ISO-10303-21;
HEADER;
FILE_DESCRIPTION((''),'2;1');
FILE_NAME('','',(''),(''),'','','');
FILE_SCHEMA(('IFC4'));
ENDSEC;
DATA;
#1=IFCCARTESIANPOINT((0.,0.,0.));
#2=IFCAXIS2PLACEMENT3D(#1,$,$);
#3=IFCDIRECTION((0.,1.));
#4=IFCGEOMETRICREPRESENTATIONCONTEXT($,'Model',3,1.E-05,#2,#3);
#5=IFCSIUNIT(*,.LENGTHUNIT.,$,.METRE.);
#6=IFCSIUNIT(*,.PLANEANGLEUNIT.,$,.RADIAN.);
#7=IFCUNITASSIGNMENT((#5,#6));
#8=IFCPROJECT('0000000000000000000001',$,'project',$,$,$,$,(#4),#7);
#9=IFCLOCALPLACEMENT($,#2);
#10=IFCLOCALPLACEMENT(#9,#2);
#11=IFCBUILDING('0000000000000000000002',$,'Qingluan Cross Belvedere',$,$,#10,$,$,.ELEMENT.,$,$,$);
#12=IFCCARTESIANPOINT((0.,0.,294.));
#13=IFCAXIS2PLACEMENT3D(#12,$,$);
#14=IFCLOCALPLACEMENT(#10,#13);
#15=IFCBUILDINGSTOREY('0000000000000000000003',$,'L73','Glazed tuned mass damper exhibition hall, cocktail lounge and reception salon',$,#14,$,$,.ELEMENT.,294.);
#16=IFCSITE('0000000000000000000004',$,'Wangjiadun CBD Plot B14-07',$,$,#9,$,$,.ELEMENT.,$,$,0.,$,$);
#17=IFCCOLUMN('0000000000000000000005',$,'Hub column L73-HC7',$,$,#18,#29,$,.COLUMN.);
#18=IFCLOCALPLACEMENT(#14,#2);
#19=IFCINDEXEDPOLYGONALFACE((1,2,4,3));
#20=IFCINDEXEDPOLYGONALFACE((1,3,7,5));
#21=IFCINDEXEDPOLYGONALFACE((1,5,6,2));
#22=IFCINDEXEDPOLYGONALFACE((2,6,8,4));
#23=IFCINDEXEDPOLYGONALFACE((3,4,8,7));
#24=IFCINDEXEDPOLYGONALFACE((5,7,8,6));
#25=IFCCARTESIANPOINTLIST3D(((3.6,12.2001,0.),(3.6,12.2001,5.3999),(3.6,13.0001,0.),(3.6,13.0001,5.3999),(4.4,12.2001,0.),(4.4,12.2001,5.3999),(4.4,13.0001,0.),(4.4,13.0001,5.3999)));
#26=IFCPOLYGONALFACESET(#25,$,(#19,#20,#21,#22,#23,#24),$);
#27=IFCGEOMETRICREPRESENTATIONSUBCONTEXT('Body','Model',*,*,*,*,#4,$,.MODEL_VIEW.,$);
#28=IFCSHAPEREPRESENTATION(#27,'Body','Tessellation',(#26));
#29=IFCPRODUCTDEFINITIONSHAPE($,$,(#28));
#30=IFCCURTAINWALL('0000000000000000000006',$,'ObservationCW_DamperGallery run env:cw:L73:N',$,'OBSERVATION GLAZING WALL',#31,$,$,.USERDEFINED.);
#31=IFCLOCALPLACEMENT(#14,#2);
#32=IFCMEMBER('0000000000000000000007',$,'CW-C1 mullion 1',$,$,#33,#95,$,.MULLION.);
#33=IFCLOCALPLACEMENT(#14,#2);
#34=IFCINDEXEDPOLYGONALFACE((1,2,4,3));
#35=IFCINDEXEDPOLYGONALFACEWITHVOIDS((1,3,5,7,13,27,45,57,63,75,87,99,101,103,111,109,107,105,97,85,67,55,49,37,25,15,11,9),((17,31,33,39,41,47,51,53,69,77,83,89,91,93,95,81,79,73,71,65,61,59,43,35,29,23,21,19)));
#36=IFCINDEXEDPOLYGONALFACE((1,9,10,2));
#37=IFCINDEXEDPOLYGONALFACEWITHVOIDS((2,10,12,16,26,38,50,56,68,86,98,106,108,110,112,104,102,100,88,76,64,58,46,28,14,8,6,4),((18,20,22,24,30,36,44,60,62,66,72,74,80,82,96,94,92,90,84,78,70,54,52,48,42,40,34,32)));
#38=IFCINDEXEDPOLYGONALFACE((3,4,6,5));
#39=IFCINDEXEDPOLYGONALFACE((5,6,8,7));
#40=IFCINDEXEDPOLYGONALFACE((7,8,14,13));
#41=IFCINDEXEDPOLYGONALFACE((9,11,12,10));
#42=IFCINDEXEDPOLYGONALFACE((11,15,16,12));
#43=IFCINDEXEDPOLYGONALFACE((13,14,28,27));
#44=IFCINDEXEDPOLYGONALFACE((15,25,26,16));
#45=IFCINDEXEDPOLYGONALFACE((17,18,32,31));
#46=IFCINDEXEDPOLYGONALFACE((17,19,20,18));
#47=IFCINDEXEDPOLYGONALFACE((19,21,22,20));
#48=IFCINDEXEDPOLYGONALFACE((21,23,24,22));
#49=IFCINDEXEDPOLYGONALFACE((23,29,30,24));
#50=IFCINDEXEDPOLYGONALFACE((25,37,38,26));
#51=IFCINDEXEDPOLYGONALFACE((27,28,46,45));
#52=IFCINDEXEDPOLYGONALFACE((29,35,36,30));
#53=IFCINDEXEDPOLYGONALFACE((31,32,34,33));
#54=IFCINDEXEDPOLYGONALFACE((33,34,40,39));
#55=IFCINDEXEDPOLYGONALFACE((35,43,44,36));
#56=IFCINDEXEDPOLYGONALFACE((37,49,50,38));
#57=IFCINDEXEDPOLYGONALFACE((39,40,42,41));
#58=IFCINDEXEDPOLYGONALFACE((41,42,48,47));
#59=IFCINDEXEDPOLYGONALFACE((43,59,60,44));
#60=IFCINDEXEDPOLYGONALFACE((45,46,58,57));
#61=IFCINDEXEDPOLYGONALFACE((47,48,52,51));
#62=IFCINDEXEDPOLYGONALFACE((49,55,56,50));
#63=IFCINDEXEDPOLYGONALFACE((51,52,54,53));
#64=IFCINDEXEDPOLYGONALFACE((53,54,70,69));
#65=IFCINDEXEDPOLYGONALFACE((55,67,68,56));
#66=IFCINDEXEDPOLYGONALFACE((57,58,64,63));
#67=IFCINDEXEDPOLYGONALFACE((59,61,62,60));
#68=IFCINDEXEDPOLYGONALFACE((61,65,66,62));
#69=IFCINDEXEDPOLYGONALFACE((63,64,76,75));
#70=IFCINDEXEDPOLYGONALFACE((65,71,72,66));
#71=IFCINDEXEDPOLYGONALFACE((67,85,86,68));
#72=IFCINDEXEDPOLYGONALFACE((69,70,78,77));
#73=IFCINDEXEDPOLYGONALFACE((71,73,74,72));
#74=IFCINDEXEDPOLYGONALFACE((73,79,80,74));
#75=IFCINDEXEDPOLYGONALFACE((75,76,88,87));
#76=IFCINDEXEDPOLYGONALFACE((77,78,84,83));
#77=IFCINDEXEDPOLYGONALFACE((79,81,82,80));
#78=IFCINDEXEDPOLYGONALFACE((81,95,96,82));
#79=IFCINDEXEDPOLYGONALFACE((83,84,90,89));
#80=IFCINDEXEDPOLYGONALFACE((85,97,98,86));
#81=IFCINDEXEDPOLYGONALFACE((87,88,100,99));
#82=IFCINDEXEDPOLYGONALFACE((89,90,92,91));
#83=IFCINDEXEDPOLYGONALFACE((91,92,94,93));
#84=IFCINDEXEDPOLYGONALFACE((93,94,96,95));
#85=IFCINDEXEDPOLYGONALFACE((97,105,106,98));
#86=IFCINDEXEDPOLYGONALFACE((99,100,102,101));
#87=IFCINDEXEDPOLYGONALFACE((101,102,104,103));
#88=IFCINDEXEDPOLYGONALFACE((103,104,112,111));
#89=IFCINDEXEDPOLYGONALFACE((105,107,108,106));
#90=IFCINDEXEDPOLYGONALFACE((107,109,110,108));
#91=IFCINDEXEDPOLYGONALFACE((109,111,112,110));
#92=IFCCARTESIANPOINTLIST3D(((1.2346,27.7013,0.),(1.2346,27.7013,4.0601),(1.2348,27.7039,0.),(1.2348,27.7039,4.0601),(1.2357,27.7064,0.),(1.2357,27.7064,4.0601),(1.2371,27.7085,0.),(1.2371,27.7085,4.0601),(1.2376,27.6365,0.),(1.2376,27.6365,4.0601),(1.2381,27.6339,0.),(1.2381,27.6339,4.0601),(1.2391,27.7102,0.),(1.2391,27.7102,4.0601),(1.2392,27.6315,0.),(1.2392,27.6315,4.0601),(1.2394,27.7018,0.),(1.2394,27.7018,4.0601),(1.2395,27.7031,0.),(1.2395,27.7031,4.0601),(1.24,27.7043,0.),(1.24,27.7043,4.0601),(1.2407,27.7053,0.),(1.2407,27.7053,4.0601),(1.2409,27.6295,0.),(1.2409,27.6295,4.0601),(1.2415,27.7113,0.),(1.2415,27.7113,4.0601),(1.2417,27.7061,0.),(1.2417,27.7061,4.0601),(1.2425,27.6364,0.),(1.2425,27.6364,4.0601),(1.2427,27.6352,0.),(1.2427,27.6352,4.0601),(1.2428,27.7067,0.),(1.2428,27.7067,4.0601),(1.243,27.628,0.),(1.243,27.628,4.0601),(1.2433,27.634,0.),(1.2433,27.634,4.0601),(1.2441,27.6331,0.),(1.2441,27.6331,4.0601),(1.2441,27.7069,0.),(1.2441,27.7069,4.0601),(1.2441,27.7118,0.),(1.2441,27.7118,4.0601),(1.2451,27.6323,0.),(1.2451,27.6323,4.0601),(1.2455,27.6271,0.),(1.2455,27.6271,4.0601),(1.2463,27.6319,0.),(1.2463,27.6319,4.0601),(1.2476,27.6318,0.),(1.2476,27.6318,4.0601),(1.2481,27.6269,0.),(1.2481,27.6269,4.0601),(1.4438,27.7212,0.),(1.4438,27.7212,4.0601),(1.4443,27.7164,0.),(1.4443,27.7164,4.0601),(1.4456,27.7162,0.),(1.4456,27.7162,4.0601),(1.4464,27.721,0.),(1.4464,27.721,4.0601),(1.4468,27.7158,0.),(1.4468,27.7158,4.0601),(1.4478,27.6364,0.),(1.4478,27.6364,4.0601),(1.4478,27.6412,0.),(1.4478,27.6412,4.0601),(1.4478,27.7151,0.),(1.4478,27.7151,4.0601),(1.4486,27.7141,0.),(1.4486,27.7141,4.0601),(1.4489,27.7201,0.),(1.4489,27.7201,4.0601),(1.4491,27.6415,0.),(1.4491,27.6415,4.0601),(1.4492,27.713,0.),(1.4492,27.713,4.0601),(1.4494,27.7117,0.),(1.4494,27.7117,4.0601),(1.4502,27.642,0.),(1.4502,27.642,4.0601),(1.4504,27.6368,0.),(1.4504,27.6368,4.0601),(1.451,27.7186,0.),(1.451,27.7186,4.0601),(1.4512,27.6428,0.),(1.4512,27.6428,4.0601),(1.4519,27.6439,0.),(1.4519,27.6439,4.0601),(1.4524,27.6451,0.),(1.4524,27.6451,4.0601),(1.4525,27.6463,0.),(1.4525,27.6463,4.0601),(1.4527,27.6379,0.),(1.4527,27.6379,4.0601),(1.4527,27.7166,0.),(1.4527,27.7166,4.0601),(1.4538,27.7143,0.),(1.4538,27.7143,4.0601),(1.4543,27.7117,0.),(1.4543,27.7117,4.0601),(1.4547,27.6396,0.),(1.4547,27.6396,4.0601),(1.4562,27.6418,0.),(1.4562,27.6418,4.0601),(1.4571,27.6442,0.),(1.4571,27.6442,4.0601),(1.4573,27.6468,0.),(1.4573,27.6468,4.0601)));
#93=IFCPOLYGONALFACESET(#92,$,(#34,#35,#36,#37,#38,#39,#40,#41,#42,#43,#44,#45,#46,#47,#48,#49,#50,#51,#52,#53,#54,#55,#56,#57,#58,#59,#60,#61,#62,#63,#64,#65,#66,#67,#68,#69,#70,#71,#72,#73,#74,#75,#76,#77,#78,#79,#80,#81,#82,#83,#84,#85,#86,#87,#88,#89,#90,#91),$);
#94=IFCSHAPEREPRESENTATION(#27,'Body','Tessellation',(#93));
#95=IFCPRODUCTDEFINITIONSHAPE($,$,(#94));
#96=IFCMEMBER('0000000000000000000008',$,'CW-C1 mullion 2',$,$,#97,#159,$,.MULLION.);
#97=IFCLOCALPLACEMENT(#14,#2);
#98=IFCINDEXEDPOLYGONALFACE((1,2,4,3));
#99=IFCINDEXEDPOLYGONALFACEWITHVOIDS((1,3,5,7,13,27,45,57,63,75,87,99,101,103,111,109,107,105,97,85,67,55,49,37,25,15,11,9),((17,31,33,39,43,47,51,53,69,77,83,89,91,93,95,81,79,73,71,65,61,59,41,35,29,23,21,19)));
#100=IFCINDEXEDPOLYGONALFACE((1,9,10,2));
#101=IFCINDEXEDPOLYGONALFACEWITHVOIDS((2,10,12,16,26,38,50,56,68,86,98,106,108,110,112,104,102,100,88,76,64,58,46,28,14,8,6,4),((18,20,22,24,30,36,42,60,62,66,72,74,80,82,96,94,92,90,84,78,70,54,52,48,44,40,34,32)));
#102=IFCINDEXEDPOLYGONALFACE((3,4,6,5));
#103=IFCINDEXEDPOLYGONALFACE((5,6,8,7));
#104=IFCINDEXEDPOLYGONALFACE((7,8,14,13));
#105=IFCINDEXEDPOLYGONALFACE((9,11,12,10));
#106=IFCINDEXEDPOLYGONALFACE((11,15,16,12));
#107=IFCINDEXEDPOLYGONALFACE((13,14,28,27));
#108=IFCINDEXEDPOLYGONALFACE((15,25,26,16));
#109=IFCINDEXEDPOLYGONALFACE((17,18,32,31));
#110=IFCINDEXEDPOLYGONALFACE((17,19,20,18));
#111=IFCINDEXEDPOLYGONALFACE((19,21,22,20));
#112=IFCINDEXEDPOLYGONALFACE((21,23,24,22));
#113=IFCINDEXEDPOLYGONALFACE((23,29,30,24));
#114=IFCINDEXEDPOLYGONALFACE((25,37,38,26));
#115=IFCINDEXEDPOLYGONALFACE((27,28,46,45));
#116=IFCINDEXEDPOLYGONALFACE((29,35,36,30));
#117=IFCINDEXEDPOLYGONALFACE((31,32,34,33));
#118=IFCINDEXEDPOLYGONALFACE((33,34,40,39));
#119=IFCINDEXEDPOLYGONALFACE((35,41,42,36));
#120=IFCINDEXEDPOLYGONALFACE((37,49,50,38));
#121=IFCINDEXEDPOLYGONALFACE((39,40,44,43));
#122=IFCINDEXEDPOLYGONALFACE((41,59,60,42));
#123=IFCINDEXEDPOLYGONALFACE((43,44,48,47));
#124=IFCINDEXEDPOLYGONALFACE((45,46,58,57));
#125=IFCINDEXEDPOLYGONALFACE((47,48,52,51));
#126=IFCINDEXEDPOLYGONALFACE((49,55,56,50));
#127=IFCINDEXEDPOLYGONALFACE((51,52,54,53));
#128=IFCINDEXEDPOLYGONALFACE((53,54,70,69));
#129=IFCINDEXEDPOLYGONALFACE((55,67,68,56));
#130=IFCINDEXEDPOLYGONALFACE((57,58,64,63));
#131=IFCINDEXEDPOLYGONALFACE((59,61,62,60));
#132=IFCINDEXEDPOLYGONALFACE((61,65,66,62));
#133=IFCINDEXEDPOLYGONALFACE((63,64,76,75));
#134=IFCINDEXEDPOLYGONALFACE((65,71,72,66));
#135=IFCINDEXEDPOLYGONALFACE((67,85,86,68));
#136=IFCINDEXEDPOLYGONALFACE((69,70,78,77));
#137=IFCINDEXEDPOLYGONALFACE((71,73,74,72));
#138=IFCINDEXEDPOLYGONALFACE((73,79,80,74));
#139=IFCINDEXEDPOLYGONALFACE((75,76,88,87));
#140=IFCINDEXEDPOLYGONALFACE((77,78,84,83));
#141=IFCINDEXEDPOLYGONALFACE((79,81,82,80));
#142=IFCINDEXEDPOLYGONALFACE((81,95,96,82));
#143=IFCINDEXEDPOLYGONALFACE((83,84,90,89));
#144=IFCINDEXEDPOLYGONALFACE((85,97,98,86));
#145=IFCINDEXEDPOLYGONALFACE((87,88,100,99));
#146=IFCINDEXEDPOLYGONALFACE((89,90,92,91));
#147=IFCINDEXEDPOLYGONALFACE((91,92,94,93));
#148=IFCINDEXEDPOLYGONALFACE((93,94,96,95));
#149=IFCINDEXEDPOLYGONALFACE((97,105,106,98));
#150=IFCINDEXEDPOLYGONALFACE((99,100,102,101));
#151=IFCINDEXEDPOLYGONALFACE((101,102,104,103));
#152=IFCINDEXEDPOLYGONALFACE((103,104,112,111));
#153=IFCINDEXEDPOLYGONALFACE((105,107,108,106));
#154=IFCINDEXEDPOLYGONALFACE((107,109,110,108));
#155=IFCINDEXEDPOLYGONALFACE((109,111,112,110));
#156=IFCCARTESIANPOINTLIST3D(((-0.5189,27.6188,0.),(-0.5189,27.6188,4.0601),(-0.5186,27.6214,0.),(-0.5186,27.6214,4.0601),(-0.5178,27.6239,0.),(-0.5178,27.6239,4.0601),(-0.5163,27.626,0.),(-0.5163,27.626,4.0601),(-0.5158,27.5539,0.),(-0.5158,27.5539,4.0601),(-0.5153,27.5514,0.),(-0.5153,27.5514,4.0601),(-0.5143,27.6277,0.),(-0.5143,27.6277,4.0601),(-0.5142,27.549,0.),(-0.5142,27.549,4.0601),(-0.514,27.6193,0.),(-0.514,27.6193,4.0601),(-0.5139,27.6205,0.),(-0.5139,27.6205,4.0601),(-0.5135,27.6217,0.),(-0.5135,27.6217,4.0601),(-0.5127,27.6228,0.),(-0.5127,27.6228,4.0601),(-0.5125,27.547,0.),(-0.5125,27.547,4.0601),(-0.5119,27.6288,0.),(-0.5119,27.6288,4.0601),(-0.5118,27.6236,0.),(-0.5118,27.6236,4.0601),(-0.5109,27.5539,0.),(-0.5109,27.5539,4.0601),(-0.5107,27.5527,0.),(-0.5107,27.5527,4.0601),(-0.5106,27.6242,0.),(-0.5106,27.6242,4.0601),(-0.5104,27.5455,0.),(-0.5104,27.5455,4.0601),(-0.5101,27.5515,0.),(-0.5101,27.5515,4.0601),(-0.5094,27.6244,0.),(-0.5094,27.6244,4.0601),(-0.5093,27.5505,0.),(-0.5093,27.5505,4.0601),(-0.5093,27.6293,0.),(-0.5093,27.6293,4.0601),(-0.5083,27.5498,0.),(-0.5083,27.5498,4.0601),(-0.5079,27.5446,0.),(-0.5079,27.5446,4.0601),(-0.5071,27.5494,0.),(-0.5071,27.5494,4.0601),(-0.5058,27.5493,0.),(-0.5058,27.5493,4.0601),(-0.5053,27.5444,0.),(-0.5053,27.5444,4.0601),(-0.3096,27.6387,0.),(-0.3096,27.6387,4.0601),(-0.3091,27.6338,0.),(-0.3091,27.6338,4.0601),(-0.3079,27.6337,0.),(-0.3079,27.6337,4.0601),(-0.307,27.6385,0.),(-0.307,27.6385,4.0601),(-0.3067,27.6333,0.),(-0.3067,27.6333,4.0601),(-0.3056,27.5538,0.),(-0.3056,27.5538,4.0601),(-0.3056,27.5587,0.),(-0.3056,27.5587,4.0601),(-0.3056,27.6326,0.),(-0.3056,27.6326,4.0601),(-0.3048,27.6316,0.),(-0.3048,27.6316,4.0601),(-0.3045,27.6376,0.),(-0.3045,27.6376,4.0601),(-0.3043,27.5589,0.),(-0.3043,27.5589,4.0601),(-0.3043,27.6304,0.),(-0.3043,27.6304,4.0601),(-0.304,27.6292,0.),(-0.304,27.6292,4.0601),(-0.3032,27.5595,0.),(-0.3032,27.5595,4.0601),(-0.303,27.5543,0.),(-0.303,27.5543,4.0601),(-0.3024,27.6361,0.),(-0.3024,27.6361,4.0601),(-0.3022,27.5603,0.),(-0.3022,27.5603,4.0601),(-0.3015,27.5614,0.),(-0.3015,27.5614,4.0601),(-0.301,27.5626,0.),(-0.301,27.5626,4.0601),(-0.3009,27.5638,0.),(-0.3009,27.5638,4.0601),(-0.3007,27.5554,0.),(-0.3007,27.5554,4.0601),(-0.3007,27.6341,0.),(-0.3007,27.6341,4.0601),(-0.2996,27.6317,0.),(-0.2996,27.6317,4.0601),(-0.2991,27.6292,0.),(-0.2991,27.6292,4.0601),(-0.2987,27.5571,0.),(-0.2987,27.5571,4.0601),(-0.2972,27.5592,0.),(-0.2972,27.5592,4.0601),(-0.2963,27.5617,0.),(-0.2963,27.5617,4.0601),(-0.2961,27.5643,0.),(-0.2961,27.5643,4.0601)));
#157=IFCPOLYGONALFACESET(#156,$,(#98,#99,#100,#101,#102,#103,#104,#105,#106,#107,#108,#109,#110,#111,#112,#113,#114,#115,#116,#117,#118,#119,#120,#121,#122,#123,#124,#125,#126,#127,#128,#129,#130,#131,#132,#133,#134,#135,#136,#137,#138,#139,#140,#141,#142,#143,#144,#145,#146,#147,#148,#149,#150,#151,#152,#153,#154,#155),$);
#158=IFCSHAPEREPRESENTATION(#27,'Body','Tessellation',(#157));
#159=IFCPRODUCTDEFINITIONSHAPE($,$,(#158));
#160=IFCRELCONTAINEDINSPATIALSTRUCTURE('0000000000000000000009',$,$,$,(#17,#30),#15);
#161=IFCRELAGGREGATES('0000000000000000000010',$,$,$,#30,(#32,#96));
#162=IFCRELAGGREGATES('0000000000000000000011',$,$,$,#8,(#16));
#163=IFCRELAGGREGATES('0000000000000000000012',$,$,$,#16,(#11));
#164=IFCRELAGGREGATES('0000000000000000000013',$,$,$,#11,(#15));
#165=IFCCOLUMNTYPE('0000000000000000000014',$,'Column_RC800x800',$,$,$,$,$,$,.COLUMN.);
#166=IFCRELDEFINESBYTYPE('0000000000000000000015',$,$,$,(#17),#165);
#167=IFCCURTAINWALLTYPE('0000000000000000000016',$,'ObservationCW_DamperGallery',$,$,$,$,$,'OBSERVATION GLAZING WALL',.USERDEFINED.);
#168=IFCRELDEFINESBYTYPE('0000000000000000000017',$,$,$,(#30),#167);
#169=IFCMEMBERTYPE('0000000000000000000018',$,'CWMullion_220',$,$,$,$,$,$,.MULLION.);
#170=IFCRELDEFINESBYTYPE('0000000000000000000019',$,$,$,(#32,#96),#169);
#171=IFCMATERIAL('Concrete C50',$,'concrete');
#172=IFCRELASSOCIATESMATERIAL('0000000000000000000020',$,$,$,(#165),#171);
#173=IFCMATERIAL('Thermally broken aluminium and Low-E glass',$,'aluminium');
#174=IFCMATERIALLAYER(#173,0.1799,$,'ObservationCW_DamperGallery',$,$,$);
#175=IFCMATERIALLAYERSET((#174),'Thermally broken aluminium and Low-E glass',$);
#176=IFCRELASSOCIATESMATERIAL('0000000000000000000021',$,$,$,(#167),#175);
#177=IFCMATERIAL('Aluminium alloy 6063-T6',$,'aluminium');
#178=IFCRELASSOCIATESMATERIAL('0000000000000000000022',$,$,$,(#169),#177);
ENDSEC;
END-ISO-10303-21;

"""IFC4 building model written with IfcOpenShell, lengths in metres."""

from ifc_helpers import new_model, si_unit, direction, frame, origin, origin_2d, place, context, subcontext, project, spatial, rectangle, hollow_rectangle, extrude, material, layer, layer_set, material_profile, profile_set, type_object, element, aggregate, save


model = new_model("IFC4")

# Units and contexts
model_context = context("Model", 3, precision=1e-05, world=origin(), true_north=direction((0.0, 1.0)))
body_context = subcontext(model_context, "Body", "Model", "MODEL_VIEW")
ifc_project = project(units=[si_unit("LENGTHUNIT", "METRE"), si_unit("PLANEANGLEUNIT", "RADIAN")], contexts=[model_context])

# Site, building, storey
site_placement = place(None, origin())
site = spatial("IfcSite", under=ifc_project, at=site_placement, Name="Wangjiadun CBD Plot B14-07", CompositionType="ELEMENT", RefElevation=0.0)
building_placement = place(site_placement, origin())
building = spatial("IfcBuilding", under=site, at=building_placement, Name="Qingluan Cross Belvedere", CompositionType="ELEMENT")
storey_placement = place(building_placement, frame((0.0, 0.0, 294.0)))
storey = spatial("IfcBuildingStorey", under=building, at=storey_placement, Name="L73", Description="Glazed tuned mass damper exhibition hall, cocktail lounge and reception salon", CompositionType="ELEMENT", Elevation=294.0)

# Column
ifc_material_1 = material(Name="Concrete C50", Category="concrete")
ifc_material_profile_1 = material_profile(ifc_material_1, rectangle(XDim=0.8, YDim=0.8, at=origin_2d()), Name="RC800x800")
ifc_profile_set_1 = profile_set([ifc_material_profile_1], Name="Concrete C50")
column_type = type_object("IfcColumnType", Name="Column_RC800x800", PredefinedType="COLUMN", material=ifc_profile_set_1)
column_placement = place(storey_placement, frame((4.0, 12.6001, 0.0), z_axis=(0.0, 0.0, 1.0), x_axis=(1.0, 0.0, 0.0)))
element("IfcColumn", 1, at=column_placement, inside=storey, type_object=column_type, Name="Hub column L73-HC7", PredefinedType="COLUMN", context=body_context, shape_type="SweptSolid", body=[
    extrude(rectangle(XDim=0.8, YDim=0.8, at=origin_2d()), origin(), (0.0, 0.0, 1.0), 5.3999),
])

# Curtain wall, members
ifc_material_2 = material(Name="Thermally broken aluminium and Low-E glass", Category="aluminium")
ifc_layer_1 = layer(ifc_material_2, 0.1799, Name="ObservationCW_DamperGallery")
ifc_layer_set_1 = layer_set([ifc_layer_1], Name="Thermally broken aluminium and Low-E glass")
curtain_wall_type = type_object("IfcCurtainWallType", Name="ObservationCW_DamperGallery", ElementType="OBSERVATION GLAZING WALL", PredefinedType="USERDEFINED", material=ifc_layer_set_1)
curtain_wall_placement = place(storey_placement, origin())
curtain_wall = element("IfcCurtainWall", 2, at=curtain_wall_placement, inside=storey, type_object=curtain_wall_type, Name="ObservationCW_DamperGallery run env:cw:L73:N", ObjectType="OBSERVATION GLAZING WALL", PredefinedType="USERDEFINED")
ifc_material_3 = material(Name="Aluminium alloy 6063-T6", Category="aluminium")
ifc_material_profile_2 = material_profile(ifc_material_3, hollow_rectangle(XDim=0.085, YDim=0.22, WallThickness=0.0049, InnerFilletRadius=0.0049, OuterFilletRadius=0.01, at=origin_2d()), Name="CWM220x85x5")
ifc_profile_set_2 = profile_set([ifc_material_profile_2], Name="Aluminium alloy 6063-T6")
member_type_1 = type_object("IfcMemberType", Name="CWMullion_220", PredefinedType="MULLION", material=ifc_profile_set_2)
member_1_placement = place(storey_placement, frame((1.3459, 27.6741, 0.0), z_axis=(0.0, 0.0, 1.0), x_axis=(0.047125, -0.998889, 0.0)))
member_1 = element("IfcMember", 3, at=member_1_placement, type_object=member_type_1, Name="CW-C1 mullion 1", PredefinedType="MULLION", context=body_context, shape_type="SweptSolid", body=[
    extrude(hollow_rectangle(XDim=0.085, YDim=0.22, WallThickness=0.0049, InnerFilletRadius=0.0049, OuterFilletRadius=0.01, at=origin_2d()), origin(), (0.0, 0.0, 1.0), 4.0601),
])
member_2_placement = place(storey_placement, frame((-0.4075, 27.5916, 0.0), z_axis=(0.0, 0.0, 1.0), x_axis=(0.047125, -0.998889, 0.0)))
member_2 = element("IfcMember", 4, at=member_2_placement, type_object=member_type_1, Name="CW-C1 mullion 2", PredefinedType="MULLION", context=body_context, shape_type="SweptSolid", body=[
    extrude(hollow_rectangle(XDim=0.085, YDim=0.22, WallThickness=0.0049, InnerFilletRadius=0.0049, OuterFilletRadius=0.01, at=origin_2d()), origin(), (0.0, 0.0, 1.0), 4.0601),
])

aggregate(curtain_wall, [member_1, member_2])

save(model, "model.ifc")
